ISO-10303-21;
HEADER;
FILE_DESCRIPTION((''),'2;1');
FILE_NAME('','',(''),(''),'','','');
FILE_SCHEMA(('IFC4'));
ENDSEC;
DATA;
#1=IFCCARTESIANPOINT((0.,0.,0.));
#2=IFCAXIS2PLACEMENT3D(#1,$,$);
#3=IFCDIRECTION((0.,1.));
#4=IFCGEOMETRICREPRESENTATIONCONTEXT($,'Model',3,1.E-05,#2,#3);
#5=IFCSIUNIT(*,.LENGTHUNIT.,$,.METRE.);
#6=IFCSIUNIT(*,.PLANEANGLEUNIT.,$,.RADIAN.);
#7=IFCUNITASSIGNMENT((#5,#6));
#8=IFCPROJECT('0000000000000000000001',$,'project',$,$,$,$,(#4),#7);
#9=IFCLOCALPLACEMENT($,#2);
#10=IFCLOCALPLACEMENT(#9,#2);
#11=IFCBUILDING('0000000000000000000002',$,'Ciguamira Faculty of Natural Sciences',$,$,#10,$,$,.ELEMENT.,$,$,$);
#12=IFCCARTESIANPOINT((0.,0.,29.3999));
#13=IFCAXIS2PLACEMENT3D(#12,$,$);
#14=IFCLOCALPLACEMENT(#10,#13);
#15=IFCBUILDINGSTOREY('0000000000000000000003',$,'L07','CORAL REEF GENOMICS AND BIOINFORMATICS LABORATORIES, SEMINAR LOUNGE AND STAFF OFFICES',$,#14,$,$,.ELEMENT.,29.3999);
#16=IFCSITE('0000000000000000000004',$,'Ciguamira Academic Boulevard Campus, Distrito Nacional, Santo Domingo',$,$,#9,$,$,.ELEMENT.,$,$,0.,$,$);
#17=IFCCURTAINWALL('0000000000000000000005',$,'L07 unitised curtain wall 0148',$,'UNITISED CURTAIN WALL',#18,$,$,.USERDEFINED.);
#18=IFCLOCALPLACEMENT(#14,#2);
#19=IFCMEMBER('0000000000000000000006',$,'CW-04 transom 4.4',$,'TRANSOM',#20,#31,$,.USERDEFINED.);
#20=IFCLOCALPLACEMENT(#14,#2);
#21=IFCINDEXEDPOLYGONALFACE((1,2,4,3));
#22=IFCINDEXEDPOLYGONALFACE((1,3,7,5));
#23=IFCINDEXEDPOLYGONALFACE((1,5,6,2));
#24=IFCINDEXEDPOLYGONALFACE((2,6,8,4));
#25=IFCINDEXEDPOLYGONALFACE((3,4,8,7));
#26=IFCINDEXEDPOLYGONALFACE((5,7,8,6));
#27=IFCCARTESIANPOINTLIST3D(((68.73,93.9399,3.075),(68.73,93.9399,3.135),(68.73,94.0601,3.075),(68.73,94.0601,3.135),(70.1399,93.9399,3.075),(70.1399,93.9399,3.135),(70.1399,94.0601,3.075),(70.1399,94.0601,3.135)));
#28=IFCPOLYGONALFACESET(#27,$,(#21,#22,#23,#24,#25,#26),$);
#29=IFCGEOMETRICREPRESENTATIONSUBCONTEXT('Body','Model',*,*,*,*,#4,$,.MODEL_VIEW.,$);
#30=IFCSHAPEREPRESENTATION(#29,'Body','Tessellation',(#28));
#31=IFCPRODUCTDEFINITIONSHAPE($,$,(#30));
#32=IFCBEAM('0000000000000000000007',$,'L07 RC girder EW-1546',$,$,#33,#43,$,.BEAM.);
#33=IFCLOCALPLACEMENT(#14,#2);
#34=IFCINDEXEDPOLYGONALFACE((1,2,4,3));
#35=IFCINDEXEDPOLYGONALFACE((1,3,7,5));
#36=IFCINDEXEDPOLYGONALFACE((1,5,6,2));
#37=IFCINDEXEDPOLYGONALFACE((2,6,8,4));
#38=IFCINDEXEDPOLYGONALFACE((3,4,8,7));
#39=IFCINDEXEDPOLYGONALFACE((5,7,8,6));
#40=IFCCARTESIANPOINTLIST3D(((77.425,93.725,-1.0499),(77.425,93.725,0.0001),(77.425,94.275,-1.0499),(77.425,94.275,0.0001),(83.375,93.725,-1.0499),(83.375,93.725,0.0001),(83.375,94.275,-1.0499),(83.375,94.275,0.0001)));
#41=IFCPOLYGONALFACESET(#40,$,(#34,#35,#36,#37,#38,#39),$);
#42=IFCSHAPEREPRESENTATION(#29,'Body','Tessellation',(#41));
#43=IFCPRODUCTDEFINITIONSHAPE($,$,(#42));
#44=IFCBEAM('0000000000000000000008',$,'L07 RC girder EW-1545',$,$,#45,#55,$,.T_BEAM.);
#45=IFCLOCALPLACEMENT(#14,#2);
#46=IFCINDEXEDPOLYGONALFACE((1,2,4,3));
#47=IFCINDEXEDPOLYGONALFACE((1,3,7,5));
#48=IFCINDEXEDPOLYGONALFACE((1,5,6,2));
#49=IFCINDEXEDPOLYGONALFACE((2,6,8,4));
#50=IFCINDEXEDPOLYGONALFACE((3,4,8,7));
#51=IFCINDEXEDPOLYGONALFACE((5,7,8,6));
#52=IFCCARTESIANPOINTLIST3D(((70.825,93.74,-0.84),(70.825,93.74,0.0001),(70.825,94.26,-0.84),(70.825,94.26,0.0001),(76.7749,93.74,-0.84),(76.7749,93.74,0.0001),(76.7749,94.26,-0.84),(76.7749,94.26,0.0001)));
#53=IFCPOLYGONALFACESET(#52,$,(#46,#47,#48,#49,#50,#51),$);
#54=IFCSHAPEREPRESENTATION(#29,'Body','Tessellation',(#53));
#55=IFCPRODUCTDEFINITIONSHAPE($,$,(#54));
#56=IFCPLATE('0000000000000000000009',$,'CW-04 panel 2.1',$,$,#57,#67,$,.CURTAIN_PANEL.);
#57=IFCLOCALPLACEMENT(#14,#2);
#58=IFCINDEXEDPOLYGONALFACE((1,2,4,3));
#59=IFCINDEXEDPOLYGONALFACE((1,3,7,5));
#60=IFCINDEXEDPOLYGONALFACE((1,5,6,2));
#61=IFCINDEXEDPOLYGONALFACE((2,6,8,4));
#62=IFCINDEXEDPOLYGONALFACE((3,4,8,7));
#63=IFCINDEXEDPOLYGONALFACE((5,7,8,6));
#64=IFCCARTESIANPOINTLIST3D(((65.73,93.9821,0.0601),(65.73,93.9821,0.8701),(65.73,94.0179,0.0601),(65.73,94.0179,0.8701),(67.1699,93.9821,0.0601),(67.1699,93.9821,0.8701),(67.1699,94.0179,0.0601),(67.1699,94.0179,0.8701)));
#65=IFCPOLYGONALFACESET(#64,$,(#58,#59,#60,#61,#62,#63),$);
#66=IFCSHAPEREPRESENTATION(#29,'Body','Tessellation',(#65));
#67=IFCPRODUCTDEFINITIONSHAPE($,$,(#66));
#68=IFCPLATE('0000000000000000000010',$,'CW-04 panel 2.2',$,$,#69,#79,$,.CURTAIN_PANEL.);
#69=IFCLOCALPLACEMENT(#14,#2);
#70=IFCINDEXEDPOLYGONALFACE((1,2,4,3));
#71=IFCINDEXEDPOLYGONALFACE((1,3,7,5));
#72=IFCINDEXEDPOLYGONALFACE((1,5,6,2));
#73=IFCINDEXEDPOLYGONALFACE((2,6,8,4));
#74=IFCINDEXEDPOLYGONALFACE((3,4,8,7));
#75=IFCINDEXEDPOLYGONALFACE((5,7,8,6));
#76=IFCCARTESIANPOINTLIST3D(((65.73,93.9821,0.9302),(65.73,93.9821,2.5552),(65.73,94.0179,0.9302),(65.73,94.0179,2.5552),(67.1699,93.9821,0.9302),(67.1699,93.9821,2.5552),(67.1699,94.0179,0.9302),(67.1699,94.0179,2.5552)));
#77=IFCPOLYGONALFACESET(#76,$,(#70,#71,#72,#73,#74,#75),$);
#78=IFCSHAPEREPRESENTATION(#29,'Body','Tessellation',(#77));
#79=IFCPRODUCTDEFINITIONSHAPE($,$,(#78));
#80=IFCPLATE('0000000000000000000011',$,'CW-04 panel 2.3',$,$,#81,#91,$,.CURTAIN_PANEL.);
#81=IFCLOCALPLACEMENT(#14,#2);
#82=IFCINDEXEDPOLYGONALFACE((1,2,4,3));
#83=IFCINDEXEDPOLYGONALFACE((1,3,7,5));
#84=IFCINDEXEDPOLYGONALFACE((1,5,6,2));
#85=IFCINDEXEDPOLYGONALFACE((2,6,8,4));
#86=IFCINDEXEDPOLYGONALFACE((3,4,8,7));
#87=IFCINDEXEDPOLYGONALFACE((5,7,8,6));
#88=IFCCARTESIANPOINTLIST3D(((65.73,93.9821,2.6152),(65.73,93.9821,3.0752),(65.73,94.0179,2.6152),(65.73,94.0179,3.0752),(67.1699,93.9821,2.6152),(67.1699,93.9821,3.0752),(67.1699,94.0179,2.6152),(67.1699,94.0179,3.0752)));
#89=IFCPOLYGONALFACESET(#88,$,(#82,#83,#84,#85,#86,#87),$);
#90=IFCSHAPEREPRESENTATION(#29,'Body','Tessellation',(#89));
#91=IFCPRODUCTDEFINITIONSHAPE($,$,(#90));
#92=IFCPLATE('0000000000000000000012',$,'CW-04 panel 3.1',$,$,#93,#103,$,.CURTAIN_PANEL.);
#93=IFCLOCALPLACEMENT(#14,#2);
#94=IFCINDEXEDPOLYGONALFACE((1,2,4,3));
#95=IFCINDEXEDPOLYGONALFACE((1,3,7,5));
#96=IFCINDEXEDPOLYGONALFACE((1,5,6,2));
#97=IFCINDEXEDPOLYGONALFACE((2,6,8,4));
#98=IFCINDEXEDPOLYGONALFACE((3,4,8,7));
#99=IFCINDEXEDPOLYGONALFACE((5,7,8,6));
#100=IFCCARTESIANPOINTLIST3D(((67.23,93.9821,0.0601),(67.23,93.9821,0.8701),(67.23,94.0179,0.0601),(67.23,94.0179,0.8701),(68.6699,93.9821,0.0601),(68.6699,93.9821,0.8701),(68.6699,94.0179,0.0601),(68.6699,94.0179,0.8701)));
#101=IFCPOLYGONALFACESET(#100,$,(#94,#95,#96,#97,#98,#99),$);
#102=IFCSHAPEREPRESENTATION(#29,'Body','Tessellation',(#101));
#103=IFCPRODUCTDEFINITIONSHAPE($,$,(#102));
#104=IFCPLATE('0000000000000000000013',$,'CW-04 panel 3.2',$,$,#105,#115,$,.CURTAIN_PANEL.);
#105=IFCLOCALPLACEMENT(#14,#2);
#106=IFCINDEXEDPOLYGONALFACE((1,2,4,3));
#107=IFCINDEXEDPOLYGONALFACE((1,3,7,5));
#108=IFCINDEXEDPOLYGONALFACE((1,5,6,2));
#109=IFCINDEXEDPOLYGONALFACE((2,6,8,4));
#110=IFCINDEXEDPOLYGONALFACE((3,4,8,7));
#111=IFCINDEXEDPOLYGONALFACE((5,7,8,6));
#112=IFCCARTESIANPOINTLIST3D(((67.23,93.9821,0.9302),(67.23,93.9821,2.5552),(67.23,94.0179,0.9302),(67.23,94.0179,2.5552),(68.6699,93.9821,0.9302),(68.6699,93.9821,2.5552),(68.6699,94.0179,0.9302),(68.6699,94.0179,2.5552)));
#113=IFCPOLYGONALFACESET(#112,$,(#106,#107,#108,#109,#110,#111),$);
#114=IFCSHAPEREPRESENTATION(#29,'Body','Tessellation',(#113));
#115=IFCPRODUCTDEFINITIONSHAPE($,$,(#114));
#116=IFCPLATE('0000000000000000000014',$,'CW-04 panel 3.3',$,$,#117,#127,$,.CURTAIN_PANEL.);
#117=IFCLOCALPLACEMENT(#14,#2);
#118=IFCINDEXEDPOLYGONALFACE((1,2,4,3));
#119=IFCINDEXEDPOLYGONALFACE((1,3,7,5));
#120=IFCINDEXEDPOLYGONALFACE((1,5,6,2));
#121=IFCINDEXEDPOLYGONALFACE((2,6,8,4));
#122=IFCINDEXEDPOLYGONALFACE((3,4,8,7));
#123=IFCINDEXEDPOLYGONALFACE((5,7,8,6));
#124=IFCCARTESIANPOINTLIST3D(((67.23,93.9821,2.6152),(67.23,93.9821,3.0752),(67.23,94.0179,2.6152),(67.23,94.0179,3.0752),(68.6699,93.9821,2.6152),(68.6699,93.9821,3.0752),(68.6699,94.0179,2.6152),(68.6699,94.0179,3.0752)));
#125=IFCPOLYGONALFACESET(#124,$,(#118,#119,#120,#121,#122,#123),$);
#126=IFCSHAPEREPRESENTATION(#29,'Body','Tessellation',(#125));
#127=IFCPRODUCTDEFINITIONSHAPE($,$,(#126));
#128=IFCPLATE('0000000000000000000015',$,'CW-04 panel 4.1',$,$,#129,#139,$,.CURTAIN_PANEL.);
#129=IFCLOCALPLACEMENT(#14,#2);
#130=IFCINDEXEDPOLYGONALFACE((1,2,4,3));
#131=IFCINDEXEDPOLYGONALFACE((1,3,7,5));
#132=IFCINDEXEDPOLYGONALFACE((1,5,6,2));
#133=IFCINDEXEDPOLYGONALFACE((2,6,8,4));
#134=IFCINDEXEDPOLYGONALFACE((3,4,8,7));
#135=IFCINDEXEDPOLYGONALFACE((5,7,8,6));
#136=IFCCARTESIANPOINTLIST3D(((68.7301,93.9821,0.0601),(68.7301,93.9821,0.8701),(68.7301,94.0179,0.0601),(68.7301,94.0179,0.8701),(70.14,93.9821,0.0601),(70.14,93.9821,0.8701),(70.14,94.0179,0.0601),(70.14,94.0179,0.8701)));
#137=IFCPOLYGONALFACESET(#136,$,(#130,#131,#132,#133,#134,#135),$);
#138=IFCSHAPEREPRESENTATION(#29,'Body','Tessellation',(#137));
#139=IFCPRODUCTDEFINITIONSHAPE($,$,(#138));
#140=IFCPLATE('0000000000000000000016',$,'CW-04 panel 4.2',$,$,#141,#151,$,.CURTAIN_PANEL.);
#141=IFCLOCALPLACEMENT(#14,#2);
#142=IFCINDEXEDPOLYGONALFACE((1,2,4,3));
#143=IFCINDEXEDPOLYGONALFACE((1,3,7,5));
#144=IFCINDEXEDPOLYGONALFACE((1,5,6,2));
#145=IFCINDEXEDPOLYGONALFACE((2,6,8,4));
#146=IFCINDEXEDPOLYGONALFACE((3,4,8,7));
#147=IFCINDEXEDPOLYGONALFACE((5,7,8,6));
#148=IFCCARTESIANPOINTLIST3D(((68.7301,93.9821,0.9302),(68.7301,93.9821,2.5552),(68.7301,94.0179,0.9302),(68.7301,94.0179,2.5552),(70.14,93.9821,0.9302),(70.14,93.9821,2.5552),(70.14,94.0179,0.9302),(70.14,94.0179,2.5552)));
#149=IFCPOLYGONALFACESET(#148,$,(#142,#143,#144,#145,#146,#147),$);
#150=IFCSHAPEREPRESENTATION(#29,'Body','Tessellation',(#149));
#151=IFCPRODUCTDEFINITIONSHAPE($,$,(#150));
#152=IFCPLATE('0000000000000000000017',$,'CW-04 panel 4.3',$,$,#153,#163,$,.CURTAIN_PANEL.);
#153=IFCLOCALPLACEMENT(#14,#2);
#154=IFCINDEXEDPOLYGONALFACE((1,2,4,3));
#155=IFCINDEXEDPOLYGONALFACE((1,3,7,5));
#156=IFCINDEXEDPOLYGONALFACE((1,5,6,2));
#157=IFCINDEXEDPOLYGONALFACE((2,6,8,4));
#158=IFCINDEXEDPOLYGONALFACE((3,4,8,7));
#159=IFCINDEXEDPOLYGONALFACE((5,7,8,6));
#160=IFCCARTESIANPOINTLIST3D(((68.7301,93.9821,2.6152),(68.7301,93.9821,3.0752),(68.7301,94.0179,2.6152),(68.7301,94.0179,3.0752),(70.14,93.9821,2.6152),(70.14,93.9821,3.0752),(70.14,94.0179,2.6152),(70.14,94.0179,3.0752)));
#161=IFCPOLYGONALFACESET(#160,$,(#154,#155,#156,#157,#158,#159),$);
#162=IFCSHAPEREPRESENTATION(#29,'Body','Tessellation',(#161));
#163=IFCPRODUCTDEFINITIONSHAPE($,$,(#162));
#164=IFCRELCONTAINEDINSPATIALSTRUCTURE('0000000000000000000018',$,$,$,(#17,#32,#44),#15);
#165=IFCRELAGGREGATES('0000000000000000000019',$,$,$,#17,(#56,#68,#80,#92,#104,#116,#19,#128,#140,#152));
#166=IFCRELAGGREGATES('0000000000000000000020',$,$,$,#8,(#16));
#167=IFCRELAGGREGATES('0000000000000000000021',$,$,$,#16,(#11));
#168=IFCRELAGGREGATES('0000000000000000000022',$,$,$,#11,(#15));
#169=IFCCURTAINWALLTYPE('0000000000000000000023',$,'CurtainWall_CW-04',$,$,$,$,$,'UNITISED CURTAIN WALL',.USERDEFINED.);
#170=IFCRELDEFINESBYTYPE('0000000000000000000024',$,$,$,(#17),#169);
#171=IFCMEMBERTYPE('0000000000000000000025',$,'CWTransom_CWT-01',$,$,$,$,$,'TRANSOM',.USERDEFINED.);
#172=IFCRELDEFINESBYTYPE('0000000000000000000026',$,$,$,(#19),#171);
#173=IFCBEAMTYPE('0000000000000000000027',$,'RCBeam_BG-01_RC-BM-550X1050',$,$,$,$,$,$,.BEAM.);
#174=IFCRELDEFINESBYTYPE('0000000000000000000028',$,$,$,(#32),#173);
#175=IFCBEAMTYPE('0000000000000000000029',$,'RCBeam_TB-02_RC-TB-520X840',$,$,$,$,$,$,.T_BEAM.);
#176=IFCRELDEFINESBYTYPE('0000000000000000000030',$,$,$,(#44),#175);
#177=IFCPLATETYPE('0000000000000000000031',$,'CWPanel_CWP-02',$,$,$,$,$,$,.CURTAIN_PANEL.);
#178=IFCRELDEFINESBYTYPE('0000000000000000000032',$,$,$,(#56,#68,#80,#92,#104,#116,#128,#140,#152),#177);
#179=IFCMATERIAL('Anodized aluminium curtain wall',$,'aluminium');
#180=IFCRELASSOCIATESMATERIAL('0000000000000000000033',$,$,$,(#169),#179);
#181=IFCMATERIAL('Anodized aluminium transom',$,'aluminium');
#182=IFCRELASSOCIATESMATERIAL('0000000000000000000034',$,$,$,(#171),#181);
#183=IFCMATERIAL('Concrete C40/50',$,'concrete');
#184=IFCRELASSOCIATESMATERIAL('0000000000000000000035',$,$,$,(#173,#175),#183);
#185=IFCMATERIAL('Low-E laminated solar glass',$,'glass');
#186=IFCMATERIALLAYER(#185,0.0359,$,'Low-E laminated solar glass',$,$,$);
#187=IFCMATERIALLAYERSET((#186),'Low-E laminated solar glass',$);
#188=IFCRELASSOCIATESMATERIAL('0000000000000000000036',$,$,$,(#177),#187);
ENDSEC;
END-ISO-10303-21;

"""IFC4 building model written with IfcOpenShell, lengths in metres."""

from ifc_helpers import new_model, si_unit, direction, frame, origin, origin_2d, place, context, subcontext, project, spatial, rectangle, extrude, material, layer, layer_set, material_profile, profile_set, type_object, element, aggregate, save


model = new_model("IFC4")

# Units and contexts
model_context = context("Model", 3, precision=1e-05, world=origin(), true_north=direction((0.0, 1.0)))
body_context = subcontext(model_context, "Body", "Model", "MODEL_VIEW")
ifc_project = project(units=[si_unit("LENGTHUNIT", "METRE"), si_unit("PLANEANGLEUNIT", "RADIAN")], contexts=[model_context])

# Site, building, storey
site_placement = place(None, origin())
site = spatial("IfcSite", under=ifc_project, at=site_placement, Name="Ciguamira Academic Boulevard Campus, Distrito Nacional, Santo Domingo", CompositionType="ELEMENT", RefElevation=0.0)
building_placement = place(site_placement, origin())
building = spatial("IfcBuilding", under=site, at=building_placement, Name="Ciguamira Faculty of Natural Sciences", CompositionType="ELEMENT")
storey_placement = place(building_placement, frame((0.0, 0.0, 29.3999)))
storey = spatial("IfcBuildingStorey", under=building, at=storey_placement, Name="L07", Description="CORAL REEF GENOMICS AND BIOINFORMATICS LABORATORIES, SEMINAR LOUNGE AND STAFF OFFICES", CompositionType="ELEMENT", Elevation=29.3999)

# Shared definitions
ifc_material_1 = material(Name="Concrete C40/50", Category="concrete")

# Curtain wall
ifc_material_2 = material(Name="Anodized aluminium curtain wall", Category="aluminium")
curtain_wall_type_1 = type_object("IfcCurtainWallType", Name="CurtainWall_CW-04", ElementType="UNITISED CURTAIN WALL", PredefinedType="USERDEFINED", material=ifc_material_2)
curtain_wall_1_placement = place(storey_placement, origin())
curtain_wall_1 = element("IfcCurtainWall", 1, at=curtain_wall_1_placement, inside=storey, type_object=curtain_wall_type_1, Name="L07 unitised curtain wall 0148", ObjectType="UNITISED CURTAIN WALL", PredefinedType="USERDEFINED")

# Member
ifc_material_3 = material(Name="Anodized aluminium transom", Category="aluminium")
ifc_material_profile_1 = material_profile(ifc_material_3, rectangle(XDim=0.0601, YDim=0.1201, at=origin_2d()), Name="ALU-TRN-60X120")
ifc_profile_set_1 = profile_set([ifc_material_profile_1], Name="Anodized aluminium transom")
member_type_1 = type_object("IfcMemberType", Name="CWTransom_CWT-01", ElementType="TRANSOM", PredefinedType="USERDEFINED", material=ifc_profile_set_1)
member_1_placement = place(storey_placement, frame((68.73, 94.0, 3.105), z_axis=(1.0, 0.0, 0.0), x_axis=(0.0, 0.0, 1.0)))
member_1 = element("IfcMember", 2, at=member_1_placement, type_object=member_type_1, Name="CW-04 transom 4.4", ObjectType="TRANSOM", PredefinedType="USERDEFINED", context=body_context, shape_type="SweptSolid", body=[
    extrude(rectangle(XDim=0.0601, YDim=0.1201, at=origin_2d()), origin(), (0.0, 0.0, 1.0), 1.4099),
])

# Beams
ifc_material_profile_2 = material_profile(ifc_material_1, rectangle(XDim=0.55, YDim=1.05, at=origin_2d()), Name="RC-BM-550X1050")
ifc_profile_set_2 = profile_set([ifc_material_profile_2], Name="Concrete C40/50")
beam_type_1 = type_object("IfcBeamType", Name="RCBeam_BG-01_RC-BM-550X1050", PredefinedType="BEAM", material=ifc_profile_set_2)
beam_1_placement = place(storey_placement, frame((77.425, 94.0, -0.5249), z_axis=(1.0, 0.0, 0.0), x_axis=(0.0, 1.0, 0.0)))
element("IfcBeam", 3, at=beam_1_placement, inside=storey, type_object=beam_type_1, Name="L07 RC girder EW-1546", PredefinedType="BEAM", context=body_context, shape_type="SweptSolid", body=[
    extrude(rectangle(XDim=0.55, YDim=1.05, at=origin_2d()), origin(), (0.0, 0.0, 1.0), 5.95),
])
ifc_material_profile_3 = material_profile(ifc_material_1, rectangle(XDim=0.52, YDim=0.8401, at=origin_2d()), Name="RC-TB-520X840")
ifc_profile_set_3 = profile_set([ifc_material_profile_3], Name="Concrete C40/50")
beam_type_2 = type_object("IfcBeamType", Name="RCBeam_TB-02_RC-TB-520X840", PredefinedType="T_BEAM", material=ifc_profile_set_3)
beam_2_placement = place(storey_placement, frame((70.825, 94.0, -0.4199), z_axis=(1.0, 0.0, 0.0), x_axis=(0.0, 1.0, 0.0)))
element("IfcBeam", 4, at=beam_2_placement, inside=storey, type_object=beam_type_2, Name="L07 RC girder EW-1545", PredefinedType="T_BEAM", context=body_context, shape_type="SweptSolid", body=[
    extrude(rectangle(XDim=0.52, YDim=0.8401, at=origin_2d()), origin(), (0.0, 0.0, 1.0), 5.95),
])

# Plates
ifc_material_4 = material(Name="Low-E laminated solar glass", Category="glass")
ifc_layer_1 = layer(ifc_material_4, 0.0359, Name="Low-E laminated solar glass")
ifc_layer_set_1 = layer_set([ifc_layer_1], Name="Low-E laminated solar glass")
plate_type = type_object("IfcPlateType", Name="CWPanel_CWP-02", PredefinedType="CURTAIN_PANEL", material=ifc_layer_set_1)
plate_1_placement = place(storey_placement, frame((66.45, 94.0, 0.0601), z_axis=(0.0, 0.0, 1.0), x_axis=(1.0, 0.0, 0.0)))
plate_1 = element("IfcPlate", 5, at=plate_1_placement, type_object=plate_type, Name="CW-04 panel 2.1", PredefinedType="CURTAIN_PANEL", context=body_context, shape_type="SweptSolid", body=[
    extrude(rectangle(XDim=1.4399, YDim=0.0359, at=origin_2d()), origin(), (0.0, 0.0, 1.0), 0.8101),
])
plate_2_placement = place(storey_placement, frame((66.45, 94.0, 0.9302), z_axis=(0.0, 0.0, 1.0), x_axis=(1.0, 0.0, 0.0)))
plate_2 = element("IfcPlate", 6, at=plate_2_placement, type_object=plate_type, Name="CW-04 panel 2.2", PredefinedType="CURTAIN_PANEL", context=body_context, shape_type="SweptSolid", body=[
    extrude(rectangle(XDim=1.4399, YDim=0.0359, at=origin_2d()), origin(), (0.0, 0.0, 1.0), 1.625),
])
plate_3_placement = place(storey_placement, frame((66.45, 94.0, 2.6152), z_axis=(0.0, 0.0, 1.0), x_axis=(1.0, 0.0, 0.0)))
plate_3 = element("IfcPlate", 7, at=plate_3_placement, type_object=plate_type, Name="CW-04 panel 2.3", PredefinedType="CURTAIN_PANEL", context=body_context, shape_type="SweptSolid", body=[
    extrude(rectangle(XDim=1.4399, YDim=0.0359, at=origin_2d()), origin(), (0.0, 0.0, 1.0), 0.46),
])
plate_4_placement = place(storey_placement, frame((67.95, 94.0, 0.0601), z_axis=(0.0, 0.0, 1.0), x_axis=(1.0, 0.0, 0.0)))
plate_4 = element("IfcPlate", 8, at=plate_4_placement, type_object=plate_type, Name="CW-04 panel 3.1", PredefinedType="CURTAIN_PANEL", context=body_context, shape_type="SweptSolid", body=[
    extrude(rectangle(XDim=1.4399, YDim=0.0359, at=origin_2d()), origin(), (0.0, 0.0, 1.0), 0.8101),
])
plate_5_placement = place(storey_placement, frame((67.95, 94.0, 0.9302), z_axis=(0.0, 0.0, 1.0), x_axis=(1.0, 0.0, 0.0)))
plate_5 = element("IfcPlate", 9, at=plate_5_placement, type_object=plate_type, Name="CW-04 panel 3.2", PredefinedType="CURTAIN_PANEL", context=body_context, shape_type="SweptSolid", body=[
    extrude(rectangle(XDim=1.4399, YDim=0.0359, at=origin_2d()), origin(), (0.0, 0.0, 1.0), 1.625),
])
plate_6_placement = place(storey_placement, frame((67.95, 94.0, 2.6152), z_axis=(0.0, 0.0, 1.0), x_axis=(1.0, 0.0, 0.0)))
plate_6 = element("IfcPlate", 10, at=plate_6_placement, type_object=plate_type, Name="CW-04 panel 3.3", PredefinedType="CURTAIN_PANEL", context=body_context, shape_type="SweptSolid", body=[
    extrude(rectangle(XDim=1.4399, YDim=0.0359, at=origin_2d()), origin(), (0.0, 0.0, 1.0), 0.46),
])
plate_7_placement = place(storey_placement, frame((69.4351, 94.0, 0.0601), z_axis=(0.0, 0.0, 1.0), x_axis=(1.0, 0.0, 0.0)))
plate_7 = element("IfcPlate", 11, at=plate_7_placement, type_object=plate_type, Name="CW-04 panel 4.1", PredefinedType="CURTAIN_PANEL", context=body_context, shape_type="SweptSolid", body=[
    extrude(rectangle(XDim=1.4099, YDim=0.0359, at=origin_2d()), origin(), (0.0, 0.0, 1.0), 0.8101),
])
plate_8_placement = place(storey_placement, frame((69.4351, 94.0, 0.9302), z_axis=(0.0, 0.0, 1.0), x_axis=(1.0, 0.0, 0.0)))
plate_8 = element("IfcPlate", 12, at=plate_8_placement, type_object=plate_type, Name="CW-04 panel 4.2", PredefinedType="CURTAIN_PANEL", context=body_context, shape_type="SweptSolid", body=[
    extrude(rectangle(XDim=1.4099, YDim=0.0359, at=origin_2d()), origin(), (0.0, 0.0, 1.0), 1.625),
])
plate_9_placement = place(storey_placement, frame((69.4351, 94.0, 2.6152), z_axis=(0.0, 0.0, 1.0), x_axis=(1.0, 0.0, 0.0)))
plate_9 = element("IfcPlate", 13, at=plate_9_placement, type_object=plate_type, Name="CW-04 panel 4.3", PredefinedType="CURTAIN_PANEL", context=body_context, shape_type="SweptSolid", body=[
    extrude(rectangle(XDim=1.4099, YDim=0.0359, at=origin_2d()), origin(), (0.0, 0.0, 1.0), 0.46),
])
aggregate(curtain_wall_1, [plate_1, plate_2, plate_3, plate_4, plate_5, plate_6, member_1, plate_7, plate_8, plate_9])

save(model, "model.ifc")
